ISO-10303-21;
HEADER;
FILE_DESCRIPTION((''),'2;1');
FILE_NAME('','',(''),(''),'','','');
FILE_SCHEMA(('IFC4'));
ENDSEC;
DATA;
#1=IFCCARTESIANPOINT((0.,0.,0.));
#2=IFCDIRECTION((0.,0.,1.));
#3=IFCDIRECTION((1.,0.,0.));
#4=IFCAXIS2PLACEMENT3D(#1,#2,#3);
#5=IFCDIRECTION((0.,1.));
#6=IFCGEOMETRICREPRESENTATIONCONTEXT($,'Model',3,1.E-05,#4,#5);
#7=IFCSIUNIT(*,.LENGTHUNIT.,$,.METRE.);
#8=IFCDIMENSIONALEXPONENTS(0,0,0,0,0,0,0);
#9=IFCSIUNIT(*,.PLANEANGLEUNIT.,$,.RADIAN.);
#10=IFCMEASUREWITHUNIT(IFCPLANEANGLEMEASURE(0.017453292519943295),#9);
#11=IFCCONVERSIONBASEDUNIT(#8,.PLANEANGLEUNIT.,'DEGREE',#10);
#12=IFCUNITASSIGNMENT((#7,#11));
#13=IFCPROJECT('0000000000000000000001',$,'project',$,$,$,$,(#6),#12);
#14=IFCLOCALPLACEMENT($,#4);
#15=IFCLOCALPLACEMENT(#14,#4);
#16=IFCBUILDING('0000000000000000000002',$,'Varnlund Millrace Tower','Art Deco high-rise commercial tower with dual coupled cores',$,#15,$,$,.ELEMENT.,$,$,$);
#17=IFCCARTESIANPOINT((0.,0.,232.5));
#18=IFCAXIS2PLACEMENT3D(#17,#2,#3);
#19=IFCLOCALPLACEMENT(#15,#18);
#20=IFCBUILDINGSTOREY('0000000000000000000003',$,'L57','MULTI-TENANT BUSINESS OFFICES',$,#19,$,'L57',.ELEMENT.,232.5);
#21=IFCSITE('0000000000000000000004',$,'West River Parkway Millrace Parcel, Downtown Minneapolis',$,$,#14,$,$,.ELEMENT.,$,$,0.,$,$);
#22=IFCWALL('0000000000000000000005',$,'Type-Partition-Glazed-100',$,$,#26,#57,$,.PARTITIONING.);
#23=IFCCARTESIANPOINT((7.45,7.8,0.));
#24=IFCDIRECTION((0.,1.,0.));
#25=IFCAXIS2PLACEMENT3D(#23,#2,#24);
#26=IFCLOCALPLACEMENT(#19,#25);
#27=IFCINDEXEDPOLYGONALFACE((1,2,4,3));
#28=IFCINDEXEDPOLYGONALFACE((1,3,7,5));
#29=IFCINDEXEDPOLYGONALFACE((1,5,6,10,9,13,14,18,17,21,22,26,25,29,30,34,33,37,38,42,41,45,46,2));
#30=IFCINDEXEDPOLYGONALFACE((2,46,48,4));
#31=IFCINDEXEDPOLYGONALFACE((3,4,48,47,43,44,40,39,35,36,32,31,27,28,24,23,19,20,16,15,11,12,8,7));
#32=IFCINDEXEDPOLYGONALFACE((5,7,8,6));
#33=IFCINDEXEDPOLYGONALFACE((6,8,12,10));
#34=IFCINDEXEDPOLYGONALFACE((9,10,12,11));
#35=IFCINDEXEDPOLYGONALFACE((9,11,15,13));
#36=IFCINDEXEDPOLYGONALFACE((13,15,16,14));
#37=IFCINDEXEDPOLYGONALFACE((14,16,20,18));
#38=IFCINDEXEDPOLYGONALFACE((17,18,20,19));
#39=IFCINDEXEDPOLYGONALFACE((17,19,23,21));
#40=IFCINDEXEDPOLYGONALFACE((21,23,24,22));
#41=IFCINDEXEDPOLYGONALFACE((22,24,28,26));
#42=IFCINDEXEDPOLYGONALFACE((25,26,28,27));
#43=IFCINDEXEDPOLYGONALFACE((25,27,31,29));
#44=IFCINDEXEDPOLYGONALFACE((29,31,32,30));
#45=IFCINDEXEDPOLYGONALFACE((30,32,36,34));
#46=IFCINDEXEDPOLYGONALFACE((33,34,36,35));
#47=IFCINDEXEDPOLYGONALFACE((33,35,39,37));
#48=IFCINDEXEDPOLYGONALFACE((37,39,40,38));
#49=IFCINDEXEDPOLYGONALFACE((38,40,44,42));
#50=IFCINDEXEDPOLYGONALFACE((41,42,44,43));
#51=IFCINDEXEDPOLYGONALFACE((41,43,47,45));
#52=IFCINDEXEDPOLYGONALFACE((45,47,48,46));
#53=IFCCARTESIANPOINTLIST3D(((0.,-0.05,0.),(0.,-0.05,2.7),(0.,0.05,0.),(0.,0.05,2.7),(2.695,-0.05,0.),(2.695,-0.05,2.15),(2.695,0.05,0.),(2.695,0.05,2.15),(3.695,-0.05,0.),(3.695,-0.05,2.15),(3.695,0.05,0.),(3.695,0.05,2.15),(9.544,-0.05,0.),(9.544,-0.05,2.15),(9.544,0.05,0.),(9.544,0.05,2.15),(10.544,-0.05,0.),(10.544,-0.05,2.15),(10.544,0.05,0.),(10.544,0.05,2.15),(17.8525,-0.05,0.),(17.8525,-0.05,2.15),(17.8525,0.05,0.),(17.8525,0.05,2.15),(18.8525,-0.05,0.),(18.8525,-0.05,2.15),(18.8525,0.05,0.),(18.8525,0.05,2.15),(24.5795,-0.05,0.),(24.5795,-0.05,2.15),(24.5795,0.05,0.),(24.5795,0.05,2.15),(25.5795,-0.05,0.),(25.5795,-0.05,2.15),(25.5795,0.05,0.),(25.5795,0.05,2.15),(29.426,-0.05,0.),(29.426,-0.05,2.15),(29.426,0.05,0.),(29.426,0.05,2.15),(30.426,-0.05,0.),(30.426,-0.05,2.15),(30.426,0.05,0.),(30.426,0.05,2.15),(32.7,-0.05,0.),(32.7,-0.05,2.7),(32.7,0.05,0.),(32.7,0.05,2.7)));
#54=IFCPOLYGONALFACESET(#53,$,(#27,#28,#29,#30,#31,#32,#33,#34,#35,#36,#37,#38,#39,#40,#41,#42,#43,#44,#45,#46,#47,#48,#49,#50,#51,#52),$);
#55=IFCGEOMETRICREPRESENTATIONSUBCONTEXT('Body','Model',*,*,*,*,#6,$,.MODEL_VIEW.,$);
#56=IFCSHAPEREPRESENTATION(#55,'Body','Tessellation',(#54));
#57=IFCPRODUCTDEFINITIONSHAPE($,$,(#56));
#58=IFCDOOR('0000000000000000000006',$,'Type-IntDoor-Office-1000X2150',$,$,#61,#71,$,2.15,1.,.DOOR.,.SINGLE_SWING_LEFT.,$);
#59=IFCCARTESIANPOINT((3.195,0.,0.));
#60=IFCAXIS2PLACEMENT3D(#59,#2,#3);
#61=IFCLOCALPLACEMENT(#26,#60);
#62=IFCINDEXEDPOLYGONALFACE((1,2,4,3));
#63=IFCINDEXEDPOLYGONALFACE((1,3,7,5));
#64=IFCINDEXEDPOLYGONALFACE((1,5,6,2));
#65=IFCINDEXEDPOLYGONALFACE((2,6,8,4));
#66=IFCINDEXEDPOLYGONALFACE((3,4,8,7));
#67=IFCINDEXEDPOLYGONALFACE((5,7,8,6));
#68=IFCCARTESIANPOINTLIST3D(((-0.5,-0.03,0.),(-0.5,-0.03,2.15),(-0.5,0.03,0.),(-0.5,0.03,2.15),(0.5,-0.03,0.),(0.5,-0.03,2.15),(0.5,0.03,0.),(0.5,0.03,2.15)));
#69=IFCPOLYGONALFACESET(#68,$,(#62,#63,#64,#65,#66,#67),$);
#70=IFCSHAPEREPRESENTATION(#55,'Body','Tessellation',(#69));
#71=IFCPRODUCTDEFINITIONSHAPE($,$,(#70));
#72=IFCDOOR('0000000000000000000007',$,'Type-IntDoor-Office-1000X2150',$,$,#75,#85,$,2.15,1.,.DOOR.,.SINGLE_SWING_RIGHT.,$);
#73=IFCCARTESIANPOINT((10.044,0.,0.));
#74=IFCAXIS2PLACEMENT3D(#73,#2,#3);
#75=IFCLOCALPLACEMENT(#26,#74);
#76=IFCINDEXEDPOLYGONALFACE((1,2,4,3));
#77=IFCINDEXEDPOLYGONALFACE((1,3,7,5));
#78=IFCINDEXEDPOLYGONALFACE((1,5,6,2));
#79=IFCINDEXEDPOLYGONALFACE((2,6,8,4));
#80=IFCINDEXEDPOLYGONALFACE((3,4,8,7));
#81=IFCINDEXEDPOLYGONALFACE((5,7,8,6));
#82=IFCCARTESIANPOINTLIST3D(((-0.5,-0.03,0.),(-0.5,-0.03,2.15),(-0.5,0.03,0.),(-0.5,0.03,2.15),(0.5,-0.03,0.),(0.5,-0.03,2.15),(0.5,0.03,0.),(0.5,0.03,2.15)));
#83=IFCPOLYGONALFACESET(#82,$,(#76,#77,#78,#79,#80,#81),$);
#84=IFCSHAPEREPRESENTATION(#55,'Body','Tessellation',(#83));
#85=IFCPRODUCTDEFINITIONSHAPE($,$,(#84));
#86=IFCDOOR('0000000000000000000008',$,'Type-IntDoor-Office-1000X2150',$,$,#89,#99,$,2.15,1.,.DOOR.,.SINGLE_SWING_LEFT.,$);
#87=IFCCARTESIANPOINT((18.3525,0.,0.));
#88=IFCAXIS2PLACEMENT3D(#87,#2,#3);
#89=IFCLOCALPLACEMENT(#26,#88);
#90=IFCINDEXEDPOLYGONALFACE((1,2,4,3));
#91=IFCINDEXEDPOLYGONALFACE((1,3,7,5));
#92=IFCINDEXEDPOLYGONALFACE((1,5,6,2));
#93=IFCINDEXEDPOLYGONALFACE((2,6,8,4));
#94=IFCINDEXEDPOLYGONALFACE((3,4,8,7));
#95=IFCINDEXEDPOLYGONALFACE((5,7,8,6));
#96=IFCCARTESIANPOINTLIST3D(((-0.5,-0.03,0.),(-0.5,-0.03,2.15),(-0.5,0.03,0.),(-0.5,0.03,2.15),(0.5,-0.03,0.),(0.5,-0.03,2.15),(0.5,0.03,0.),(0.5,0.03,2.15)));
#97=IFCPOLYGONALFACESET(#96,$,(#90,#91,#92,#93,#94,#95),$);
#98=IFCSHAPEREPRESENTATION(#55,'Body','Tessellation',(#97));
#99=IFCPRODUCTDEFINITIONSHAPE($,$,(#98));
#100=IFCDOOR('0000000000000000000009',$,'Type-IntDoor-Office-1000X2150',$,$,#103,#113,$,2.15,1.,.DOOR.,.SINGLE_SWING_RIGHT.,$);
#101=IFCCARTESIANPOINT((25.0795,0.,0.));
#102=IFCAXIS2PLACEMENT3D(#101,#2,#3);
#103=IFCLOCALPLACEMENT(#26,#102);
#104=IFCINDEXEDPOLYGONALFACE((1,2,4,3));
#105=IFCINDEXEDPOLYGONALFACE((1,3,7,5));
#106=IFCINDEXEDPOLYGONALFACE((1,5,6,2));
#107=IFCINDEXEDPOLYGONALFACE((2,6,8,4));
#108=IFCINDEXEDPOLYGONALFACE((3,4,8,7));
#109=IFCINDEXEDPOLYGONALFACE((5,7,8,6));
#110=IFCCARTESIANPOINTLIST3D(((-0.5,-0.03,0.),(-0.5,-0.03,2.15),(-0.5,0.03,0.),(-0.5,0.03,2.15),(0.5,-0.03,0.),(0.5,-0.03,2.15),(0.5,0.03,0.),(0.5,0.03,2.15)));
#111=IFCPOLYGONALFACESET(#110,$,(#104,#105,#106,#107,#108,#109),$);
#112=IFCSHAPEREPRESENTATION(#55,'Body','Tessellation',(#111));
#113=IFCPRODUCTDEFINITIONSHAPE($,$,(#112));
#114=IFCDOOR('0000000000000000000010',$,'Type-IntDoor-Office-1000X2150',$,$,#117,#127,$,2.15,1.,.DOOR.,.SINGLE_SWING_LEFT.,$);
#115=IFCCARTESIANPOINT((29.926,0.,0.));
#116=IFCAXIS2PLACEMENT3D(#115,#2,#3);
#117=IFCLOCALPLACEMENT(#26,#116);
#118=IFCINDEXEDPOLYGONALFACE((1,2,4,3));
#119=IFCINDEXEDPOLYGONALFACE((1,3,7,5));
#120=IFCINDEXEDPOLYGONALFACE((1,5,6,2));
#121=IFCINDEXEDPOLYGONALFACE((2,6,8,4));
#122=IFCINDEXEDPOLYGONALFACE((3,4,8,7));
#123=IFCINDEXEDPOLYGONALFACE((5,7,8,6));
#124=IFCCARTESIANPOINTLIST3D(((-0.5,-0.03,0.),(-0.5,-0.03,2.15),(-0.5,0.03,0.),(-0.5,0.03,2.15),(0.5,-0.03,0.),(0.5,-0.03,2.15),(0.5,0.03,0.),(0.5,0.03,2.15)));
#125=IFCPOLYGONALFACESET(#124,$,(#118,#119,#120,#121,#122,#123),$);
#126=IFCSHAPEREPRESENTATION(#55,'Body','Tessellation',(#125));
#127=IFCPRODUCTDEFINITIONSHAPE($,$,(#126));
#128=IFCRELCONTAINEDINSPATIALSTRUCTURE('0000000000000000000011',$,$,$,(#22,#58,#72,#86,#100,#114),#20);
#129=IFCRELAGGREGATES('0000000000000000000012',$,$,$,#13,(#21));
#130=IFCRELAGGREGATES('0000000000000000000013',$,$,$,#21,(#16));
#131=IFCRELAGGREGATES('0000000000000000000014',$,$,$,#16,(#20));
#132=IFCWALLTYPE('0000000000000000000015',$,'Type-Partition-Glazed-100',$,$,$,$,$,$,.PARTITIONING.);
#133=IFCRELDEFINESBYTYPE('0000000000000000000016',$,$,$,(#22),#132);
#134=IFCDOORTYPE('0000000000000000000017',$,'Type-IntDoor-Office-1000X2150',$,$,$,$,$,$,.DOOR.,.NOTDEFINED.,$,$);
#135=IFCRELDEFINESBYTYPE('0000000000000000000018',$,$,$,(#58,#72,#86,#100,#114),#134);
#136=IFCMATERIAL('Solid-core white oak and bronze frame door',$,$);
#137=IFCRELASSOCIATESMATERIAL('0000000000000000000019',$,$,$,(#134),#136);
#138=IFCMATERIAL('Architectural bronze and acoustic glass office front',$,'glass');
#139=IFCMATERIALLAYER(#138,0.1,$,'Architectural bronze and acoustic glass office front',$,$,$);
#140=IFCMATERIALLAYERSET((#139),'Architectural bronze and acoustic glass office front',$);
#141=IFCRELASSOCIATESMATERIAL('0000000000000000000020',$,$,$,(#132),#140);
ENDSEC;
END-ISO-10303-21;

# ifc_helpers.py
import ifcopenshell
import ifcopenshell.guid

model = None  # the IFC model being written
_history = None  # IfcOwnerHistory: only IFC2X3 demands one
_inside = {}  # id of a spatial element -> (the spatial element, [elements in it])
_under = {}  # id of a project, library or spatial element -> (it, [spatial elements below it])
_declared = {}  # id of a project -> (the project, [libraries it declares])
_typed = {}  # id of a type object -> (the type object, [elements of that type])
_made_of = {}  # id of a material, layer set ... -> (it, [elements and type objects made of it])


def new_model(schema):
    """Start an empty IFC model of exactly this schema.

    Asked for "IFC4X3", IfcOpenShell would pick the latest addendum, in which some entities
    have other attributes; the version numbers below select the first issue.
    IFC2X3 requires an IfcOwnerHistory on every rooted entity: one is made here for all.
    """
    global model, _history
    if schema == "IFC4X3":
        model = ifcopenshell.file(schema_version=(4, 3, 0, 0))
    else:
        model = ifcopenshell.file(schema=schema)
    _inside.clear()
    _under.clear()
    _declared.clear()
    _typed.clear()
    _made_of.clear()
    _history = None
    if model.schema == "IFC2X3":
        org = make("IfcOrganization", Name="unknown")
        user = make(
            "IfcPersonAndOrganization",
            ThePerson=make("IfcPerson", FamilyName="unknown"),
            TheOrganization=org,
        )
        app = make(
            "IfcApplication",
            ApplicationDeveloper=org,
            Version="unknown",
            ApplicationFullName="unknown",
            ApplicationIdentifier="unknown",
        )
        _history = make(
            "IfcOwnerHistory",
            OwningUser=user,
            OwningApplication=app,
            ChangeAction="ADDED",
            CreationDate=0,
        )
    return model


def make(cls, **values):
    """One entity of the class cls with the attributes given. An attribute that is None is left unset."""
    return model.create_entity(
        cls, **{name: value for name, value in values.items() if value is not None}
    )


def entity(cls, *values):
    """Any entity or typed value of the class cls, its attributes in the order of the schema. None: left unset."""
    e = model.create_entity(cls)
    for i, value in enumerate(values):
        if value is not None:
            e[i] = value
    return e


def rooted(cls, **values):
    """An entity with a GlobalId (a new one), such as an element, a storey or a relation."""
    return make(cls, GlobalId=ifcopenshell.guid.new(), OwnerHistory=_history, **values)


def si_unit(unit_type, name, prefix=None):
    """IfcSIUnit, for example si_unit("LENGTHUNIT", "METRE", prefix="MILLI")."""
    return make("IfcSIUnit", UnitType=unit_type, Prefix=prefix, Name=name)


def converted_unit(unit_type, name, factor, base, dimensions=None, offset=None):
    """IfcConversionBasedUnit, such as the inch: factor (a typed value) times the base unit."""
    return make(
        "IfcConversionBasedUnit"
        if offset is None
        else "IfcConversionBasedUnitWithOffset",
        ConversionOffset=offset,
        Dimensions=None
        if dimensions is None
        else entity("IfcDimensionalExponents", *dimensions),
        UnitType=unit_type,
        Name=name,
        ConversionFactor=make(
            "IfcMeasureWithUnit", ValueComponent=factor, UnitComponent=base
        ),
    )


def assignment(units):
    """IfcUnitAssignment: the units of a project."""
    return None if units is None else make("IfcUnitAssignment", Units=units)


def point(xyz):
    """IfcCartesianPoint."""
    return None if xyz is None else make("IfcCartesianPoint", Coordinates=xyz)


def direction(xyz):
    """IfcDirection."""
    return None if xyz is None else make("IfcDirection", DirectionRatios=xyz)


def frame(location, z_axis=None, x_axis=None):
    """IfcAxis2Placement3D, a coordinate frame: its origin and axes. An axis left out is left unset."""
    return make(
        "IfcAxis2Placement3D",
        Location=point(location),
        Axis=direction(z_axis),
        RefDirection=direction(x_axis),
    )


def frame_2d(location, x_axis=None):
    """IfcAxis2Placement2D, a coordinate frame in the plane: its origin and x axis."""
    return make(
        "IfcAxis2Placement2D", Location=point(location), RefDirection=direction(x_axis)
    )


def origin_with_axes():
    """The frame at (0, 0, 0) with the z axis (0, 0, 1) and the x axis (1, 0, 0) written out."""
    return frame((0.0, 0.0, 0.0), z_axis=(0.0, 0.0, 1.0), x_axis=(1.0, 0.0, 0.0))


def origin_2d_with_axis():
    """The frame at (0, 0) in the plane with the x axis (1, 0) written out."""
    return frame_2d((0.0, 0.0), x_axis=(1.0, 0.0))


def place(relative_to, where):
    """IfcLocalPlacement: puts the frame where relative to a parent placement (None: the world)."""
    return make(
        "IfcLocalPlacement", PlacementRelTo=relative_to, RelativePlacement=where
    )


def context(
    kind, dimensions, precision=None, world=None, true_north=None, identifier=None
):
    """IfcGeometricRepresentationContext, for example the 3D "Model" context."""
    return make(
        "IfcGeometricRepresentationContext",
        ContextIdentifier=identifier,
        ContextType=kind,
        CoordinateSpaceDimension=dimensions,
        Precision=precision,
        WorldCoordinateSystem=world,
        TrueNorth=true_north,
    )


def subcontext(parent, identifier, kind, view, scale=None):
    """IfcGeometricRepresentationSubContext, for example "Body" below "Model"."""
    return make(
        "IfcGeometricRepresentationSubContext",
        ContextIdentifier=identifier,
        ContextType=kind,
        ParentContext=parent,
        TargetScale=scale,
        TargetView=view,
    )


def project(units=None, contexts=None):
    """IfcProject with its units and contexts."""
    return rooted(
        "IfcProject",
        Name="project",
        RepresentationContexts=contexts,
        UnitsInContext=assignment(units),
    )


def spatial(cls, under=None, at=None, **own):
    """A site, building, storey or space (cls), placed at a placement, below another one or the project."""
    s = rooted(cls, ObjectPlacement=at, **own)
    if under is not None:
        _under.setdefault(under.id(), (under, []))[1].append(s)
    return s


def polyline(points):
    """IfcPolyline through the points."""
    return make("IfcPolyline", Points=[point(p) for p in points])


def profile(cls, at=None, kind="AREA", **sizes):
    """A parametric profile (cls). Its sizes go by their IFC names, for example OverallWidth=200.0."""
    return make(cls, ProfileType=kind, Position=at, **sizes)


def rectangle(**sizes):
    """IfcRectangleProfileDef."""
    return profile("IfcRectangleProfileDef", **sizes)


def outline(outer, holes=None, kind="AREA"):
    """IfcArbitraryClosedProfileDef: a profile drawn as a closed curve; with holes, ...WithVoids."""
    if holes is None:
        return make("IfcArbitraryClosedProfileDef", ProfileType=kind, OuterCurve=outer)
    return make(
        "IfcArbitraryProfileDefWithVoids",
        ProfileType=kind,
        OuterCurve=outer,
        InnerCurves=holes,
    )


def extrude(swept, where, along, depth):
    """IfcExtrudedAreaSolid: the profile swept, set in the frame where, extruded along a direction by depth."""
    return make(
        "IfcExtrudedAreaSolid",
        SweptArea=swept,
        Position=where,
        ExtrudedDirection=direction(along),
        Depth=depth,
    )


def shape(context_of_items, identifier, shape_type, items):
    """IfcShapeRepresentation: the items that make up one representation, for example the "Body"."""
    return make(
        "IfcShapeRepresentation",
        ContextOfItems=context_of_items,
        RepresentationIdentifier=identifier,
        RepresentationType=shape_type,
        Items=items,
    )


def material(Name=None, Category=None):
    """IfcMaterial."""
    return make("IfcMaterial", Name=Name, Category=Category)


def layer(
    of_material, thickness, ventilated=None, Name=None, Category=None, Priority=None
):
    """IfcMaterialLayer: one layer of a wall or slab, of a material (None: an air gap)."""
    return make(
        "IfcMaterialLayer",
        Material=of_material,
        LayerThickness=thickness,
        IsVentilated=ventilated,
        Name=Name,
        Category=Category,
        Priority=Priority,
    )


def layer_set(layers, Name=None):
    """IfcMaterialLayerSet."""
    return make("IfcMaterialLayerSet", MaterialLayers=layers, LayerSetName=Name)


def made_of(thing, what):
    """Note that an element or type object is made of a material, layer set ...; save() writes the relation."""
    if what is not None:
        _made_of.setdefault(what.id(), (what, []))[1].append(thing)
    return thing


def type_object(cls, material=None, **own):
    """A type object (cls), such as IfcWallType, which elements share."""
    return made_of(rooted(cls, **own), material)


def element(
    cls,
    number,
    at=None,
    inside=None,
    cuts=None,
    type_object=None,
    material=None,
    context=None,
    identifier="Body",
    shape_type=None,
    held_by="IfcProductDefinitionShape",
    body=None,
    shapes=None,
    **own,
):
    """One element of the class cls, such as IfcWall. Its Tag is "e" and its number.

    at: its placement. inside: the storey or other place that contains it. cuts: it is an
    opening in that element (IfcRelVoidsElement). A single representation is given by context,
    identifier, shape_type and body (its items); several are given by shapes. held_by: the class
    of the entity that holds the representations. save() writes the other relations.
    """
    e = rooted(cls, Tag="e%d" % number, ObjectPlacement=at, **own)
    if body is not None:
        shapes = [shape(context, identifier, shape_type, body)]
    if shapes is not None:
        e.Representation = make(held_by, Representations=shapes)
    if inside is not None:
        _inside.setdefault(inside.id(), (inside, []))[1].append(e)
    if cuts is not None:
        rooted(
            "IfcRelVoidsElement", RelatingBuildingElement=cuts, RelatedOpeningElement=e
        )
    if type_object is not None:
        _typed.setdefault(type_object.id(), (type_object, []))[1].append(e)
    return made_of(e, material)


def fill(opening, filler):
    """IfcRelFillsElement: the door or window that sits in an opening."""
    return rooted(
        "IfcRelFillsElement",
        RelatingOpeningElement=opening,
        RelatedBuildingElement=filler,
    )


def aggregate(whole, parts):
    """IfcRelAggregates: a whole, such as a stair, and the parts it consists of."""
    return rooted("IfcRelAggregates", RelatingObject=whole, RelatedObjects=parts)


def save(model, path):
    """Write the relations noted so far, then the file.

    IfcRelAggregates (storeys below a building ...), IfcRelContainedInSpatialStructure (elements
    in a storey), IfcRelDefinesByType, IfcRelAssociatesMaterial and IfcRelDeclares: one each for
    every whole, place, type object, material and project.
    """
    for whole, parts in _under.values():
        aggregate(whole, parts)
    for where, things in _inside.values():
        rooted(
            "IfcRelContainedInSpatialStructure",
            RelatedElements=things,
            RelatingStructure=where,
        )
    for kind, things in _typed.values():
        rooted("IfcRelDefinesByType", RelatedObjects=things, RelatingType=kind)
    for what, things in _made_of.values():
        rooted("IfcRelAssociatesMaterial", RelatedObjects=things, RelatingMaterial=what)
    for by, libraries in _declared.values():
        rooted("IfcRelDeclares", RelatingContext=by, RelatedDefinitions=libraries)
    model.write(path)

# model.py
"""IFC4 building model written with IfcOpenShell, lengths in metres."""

from ifc_helpers import new_model, entity, si_unit, converted_unit, direction, frame, origin_with_axes, origin_2d_with_axis, place, context, subcontext, project, spatial, polyline, rectangle, outline, extrude, material, layer, layer_set, type_object, element, fill, save


model = new_model("IFC4")

# Units and contexts
model_context = context("Model", 3, precision=1e-05, world=origin_with_axes(), true_north=direction((0.0, 1.0)))
body_context = subcontext(model_context, "Body", "Model", "MODEL_VIEW")
ifc_project = project(units=[si_unit("LENGTHUNIT", "METRE"), converted_unit("PLANEANGLEUNIT", "DEGREE", entity("IfcPlaneAngleMeasure", 0.017453292519943295), si_unit("PLANEANGLEUNIT", "RADIAN"), dimensions=[0, 0, 0, 0, 0, 0, 0])], contexts=[model_context])

# Site, building, storey
site_placement = place(None, origin_with_axes())
site = spatial("IfcSite", under=ifc_project, at=site_placement, Name="West River Parkway Millrace Parcel, Downtown Minneapolis", CompositionType="ELEMENT", RefElevation=0.0)
building_placement = place(site_placement, origin_with_axes())
building = spatial("IfcBuilding", under=site, at=building_placement, Name="Varnlund Millrace Tower", Description="Art Deco high-rise commercial tower with dual coupled cores", CompositionType="ELEMENT")
storey_placement = place(building_placement, frame((0.0, 0.0, 232.5), z_axis=(0.0, 0.0, 1.0), x_axis=(1.0, 0.0, 0.0)))
storey = spatial("IfcBuildingStorey", under=building, at=storey_placement, Name="L57", Description="MULTI-TENANT BUSINESS OFFICES", LongName="L57", CompositionType="ELEMENT", Elevation=232.5)

# Shared definitions
ifc_material_1 = material(Name="Solid-core white oak and bronze frame door")
door_type_1 = type_object("IfcDoorType", Name="Type-IntDoor-Office-1000X2150", OperationType="NOTDEFINED", PredefinedType="DOOR", material=ifc_material_1)

# Wall, openings, doors
ifc_material_2 = material(Name="Architectural bronze and acoustic glass office front", Category="glass")
ifc_layer_1 = layer(ifc_material_2, 0.1, Name="Architectural bronze and acoustic glass office front")
ifc_layer_set_1 = layer_set([ifc_layer_1], Name="Architectural bronze and acoustic glass office front")
wall_type_1 = type_object("IfcWallType", Name="Type-Partition-Glazed-100", PredefinedType="PARTITIONING", material=ifc_layer_set_1)
wall_1_placement = place(storey_placement, frame((7.45, 7.8, 0.0), z_axis=(0.0, 0.0, 1.0), x_axis=(0.0, 1.0, 0.0)))
wall_1 = element("IfcWall", 1, at=wall_1_placement, inside=storey, type_object=wall_type_1, Name="Type-Partition-Glazed-100", PredefinedType="PARTITIONING", context=body_context, shape_type="SweptSolid", body=[
    extrude(outline(polyline([(0.0, -0.05), (32.7, -0.05), (32.7, 0.05), (0.0, 0.05), (0.0, -0.05)])), origin_with_axes(), (0.0, 0.0, 1.0), 2.7),
])
opening_1_placement = place(wall_1_placement, frame((3.195, 0.0, 0.0), z_axis=(0.0, 0.0, 1.0), x_axis=(1.0, 0.0, 0.0)))
opening_1 = element("IfcOpeningElement", 2, at=opening_1_placement, cuts=wall_1, PredefinedType="OPENING", context=body_context, shape_type="SweptSolid", body=[
    extrude(rectangle(XDim=1.0, YDim=0.12, at=origin_2d_with_axis()), origin_with_axes(), (0.0, 0.0, 1.0), 2.15),
])
opening_2_placement = place(wall_1_placement, frame((10.044, 0.0, 0.0), z_axis=(0.0, 0.0, 1.0), x_axis=(1.0, 0.0, 0.0)))
opening_2 = element("IfcOpeningElement", 3, at=opening_2_placement, cuts=wall_1, PredefinedType="OPENING", context=body_context, shape_type="SweptSolid", body=[
    extrude(rectangle(XDim=1.0, YDim=0.12, at=origin_2d_with_axis()), origin_with_axes(), (0.0, 0.0, 1.0), 2.15),
])
opening_3_placement = place(wall_1_placement, frame((18.3525, 0.0, 0.0), z_axis=(0.0, 0.0, 1.0), x_axis=(1.0, 0.0, 0.0)))
opening_3 = element("IfcOpeningElement", 4, at=opening_3_placement, cuts=wall_1, PredefinedType="OPENING", context=body_context, shape_type="SweptSolid", body=[
    extrude(rectangle(XDim=1.0, YDim=0.12, at=origin_2d_with_axis()), origin_with_axes(), (0.0, 0.0, 1.0), 2.15),
])
opening_4_placement = place(wall_1_placement, frame((25.0795, 0.0, 0.0), z_axis=(0.0, 0.0, 1.0), x_axis=(1.0, 0.0, 0.0)))
opening_4 = element("IfcOpeningElement", 5, at=opening_4_placement, cuts=wall_1, PredefinedType="OPENING", context=body_context, shape_type="SweptSolid", body=[
    extrude(rectangle(XDim=1.0, YDim=0.12, at=origin_2d_with_axis()), origin_with_axes(), (0.0, 0.0, 1.0), 2.15),
])
opening_5_placement = place(wall_1_placement, frame((29.926, 0.0, 0.0), z_axis=(0.0, 0.0, 1.0), x_axis=(1.0, 0.0, 0.0)))
opening_5 = element("IfcOpeningElement", 6, at=opening_5_placement, cuts=wall_1, PredefinedType="OPENING", context=body_context, shape_type="SweptSolid", body=[
    extrude(rectangle(XDim=1.0, YDim=0.12, at=origin_2d_with_axis()), origin_with_axes(), (0.0, 0.0, 1.0), 2.15),
])
door_1_placement = place(wall_1_placement, frame((3.195, 0.0, 0.0), z_axis=(0.0, 0.0, 1.0), x_axis=(1.0, 0.0, 0.0)))
door_1 = element("IfcDoor", 7, at=door_1_placement, inside=storey, type_object=door_type_1, Name="Type-IntDoor-Office-1000X2150", OperationType="SINGLE_SWING_LEFT", OverallHeight=2.15, OverallWidth=1.0, PredefinedType="DOOR", context=body_context, shape_type="SweptSolid", body=[
    extrude(rectangle(XDim=1.0, YDim=0.06, at=origin_2d_with_axis()), origin_with_axes(), (0.0, 0.0, 1.0), 2.15),
])
fill(opening_1, door_1)
door_2_placement = place(wall_1_placement, frame((10.044, 0.0, 0.0), z_axis=(0.0, 0.0, 1.0), x_axis=(1.0, 0.0, 0.0)))
door_2 = element("IfcDoor", 8, at=door_2_placement, inside=storey, type_object=door_type_1, Name="Type-IntDoor-Office-1000X2150", OperationType="SINGLE_SWING_RIGHT", OverallHeight=2.15, OverallWidth=1.0, PredefinedType="DOOR", context=body_context, shape_type="SweptSolid", body=[
    extrude(rectangle(XDim=1.0, YDim=0.06, at=origin_2d_with_axis()), origin_with_axes(), (0.0, 0.0, 1.0), 2.15),
])
fill(opening_2, door_2)
door_3_placement = place(wall_1_placement, frame((18.3525, 0.0, 0.0), z_axis=(0.0, 0.0, 1.0), x_axis=(1.0, 0.0, 0.0)))
door_3 = element("IfcDoor", 9, at=door_3_placement, inside=storey, type_object=door_type_1, Name="Type-IntDoor-Office-1000X2150", OperationType="SINGLE_SWING_LEFT", OverallHeight=2.15, OverallWidth=1.0, PredefinedType="DOOR", context=body_context, shape_type="SweptSolid", body=[
    extrude(rectangle(XDim=1.0, YDim=0.06, at=origin_2d_with_axis()), origin_with_axes(), (0.0, 0.0, 1.0), 2.15),
])
fill(opening_3, door_3)
door_4_placement = place(wall_1_placement, frame((25.0795, 0.0, 0.0), z_axis=(0.0, 0.0, 1.0), x_axis=(1.0, 0.0, 0.0)))
door_4 = element("IfcDoor", 10, at=door_4_placement, inside=storey, type_object=door_type_1, Name="Type-IntDoor-Office-1000X2150", OperationType="SINGLE_SWING_RIGHT", OverallHeight=2.15, OverallWidth=1.0, PredefinedType="DOOR", context=body_context, shape_type="SweptSolid", body=[
    extrude(rectangle(XDim=1.0, YDim=0.06, at=origin_2d_with_axis()), origin_with_axes(), (0.0, 0.0, 1.0), 2.15),
])
fill(opening_4, door_4)
door_5_placement = place(wall_1_placement, frame((29.926, 0.0, 0.0), z_axis=(0.0, 0.0, 1.0), x_axis=(1.0, 0.0, 0.0)))
door_5 = element("IfcDoor", 11, at=door_5_placement, inside=storey, type_object=door_type_1, Name="Type-IntDoor-Office-1000X2150", OperationType="SINGLE_SWING_LEFT", OverallHeight=2.15, OverallWidth=1.0, PredefinedType="DOOR", context=body_context, shape_type="SweptSolid", body=[
    extrude(rectangle(XDim=1.0, YDim=0.06, at=origin_2d_with_axis()), origin_with_axes(), (0.0, 0.0, 1.0), 2.15),
])
fill(opening_5, door_5)

save(model, "model.ifc")
